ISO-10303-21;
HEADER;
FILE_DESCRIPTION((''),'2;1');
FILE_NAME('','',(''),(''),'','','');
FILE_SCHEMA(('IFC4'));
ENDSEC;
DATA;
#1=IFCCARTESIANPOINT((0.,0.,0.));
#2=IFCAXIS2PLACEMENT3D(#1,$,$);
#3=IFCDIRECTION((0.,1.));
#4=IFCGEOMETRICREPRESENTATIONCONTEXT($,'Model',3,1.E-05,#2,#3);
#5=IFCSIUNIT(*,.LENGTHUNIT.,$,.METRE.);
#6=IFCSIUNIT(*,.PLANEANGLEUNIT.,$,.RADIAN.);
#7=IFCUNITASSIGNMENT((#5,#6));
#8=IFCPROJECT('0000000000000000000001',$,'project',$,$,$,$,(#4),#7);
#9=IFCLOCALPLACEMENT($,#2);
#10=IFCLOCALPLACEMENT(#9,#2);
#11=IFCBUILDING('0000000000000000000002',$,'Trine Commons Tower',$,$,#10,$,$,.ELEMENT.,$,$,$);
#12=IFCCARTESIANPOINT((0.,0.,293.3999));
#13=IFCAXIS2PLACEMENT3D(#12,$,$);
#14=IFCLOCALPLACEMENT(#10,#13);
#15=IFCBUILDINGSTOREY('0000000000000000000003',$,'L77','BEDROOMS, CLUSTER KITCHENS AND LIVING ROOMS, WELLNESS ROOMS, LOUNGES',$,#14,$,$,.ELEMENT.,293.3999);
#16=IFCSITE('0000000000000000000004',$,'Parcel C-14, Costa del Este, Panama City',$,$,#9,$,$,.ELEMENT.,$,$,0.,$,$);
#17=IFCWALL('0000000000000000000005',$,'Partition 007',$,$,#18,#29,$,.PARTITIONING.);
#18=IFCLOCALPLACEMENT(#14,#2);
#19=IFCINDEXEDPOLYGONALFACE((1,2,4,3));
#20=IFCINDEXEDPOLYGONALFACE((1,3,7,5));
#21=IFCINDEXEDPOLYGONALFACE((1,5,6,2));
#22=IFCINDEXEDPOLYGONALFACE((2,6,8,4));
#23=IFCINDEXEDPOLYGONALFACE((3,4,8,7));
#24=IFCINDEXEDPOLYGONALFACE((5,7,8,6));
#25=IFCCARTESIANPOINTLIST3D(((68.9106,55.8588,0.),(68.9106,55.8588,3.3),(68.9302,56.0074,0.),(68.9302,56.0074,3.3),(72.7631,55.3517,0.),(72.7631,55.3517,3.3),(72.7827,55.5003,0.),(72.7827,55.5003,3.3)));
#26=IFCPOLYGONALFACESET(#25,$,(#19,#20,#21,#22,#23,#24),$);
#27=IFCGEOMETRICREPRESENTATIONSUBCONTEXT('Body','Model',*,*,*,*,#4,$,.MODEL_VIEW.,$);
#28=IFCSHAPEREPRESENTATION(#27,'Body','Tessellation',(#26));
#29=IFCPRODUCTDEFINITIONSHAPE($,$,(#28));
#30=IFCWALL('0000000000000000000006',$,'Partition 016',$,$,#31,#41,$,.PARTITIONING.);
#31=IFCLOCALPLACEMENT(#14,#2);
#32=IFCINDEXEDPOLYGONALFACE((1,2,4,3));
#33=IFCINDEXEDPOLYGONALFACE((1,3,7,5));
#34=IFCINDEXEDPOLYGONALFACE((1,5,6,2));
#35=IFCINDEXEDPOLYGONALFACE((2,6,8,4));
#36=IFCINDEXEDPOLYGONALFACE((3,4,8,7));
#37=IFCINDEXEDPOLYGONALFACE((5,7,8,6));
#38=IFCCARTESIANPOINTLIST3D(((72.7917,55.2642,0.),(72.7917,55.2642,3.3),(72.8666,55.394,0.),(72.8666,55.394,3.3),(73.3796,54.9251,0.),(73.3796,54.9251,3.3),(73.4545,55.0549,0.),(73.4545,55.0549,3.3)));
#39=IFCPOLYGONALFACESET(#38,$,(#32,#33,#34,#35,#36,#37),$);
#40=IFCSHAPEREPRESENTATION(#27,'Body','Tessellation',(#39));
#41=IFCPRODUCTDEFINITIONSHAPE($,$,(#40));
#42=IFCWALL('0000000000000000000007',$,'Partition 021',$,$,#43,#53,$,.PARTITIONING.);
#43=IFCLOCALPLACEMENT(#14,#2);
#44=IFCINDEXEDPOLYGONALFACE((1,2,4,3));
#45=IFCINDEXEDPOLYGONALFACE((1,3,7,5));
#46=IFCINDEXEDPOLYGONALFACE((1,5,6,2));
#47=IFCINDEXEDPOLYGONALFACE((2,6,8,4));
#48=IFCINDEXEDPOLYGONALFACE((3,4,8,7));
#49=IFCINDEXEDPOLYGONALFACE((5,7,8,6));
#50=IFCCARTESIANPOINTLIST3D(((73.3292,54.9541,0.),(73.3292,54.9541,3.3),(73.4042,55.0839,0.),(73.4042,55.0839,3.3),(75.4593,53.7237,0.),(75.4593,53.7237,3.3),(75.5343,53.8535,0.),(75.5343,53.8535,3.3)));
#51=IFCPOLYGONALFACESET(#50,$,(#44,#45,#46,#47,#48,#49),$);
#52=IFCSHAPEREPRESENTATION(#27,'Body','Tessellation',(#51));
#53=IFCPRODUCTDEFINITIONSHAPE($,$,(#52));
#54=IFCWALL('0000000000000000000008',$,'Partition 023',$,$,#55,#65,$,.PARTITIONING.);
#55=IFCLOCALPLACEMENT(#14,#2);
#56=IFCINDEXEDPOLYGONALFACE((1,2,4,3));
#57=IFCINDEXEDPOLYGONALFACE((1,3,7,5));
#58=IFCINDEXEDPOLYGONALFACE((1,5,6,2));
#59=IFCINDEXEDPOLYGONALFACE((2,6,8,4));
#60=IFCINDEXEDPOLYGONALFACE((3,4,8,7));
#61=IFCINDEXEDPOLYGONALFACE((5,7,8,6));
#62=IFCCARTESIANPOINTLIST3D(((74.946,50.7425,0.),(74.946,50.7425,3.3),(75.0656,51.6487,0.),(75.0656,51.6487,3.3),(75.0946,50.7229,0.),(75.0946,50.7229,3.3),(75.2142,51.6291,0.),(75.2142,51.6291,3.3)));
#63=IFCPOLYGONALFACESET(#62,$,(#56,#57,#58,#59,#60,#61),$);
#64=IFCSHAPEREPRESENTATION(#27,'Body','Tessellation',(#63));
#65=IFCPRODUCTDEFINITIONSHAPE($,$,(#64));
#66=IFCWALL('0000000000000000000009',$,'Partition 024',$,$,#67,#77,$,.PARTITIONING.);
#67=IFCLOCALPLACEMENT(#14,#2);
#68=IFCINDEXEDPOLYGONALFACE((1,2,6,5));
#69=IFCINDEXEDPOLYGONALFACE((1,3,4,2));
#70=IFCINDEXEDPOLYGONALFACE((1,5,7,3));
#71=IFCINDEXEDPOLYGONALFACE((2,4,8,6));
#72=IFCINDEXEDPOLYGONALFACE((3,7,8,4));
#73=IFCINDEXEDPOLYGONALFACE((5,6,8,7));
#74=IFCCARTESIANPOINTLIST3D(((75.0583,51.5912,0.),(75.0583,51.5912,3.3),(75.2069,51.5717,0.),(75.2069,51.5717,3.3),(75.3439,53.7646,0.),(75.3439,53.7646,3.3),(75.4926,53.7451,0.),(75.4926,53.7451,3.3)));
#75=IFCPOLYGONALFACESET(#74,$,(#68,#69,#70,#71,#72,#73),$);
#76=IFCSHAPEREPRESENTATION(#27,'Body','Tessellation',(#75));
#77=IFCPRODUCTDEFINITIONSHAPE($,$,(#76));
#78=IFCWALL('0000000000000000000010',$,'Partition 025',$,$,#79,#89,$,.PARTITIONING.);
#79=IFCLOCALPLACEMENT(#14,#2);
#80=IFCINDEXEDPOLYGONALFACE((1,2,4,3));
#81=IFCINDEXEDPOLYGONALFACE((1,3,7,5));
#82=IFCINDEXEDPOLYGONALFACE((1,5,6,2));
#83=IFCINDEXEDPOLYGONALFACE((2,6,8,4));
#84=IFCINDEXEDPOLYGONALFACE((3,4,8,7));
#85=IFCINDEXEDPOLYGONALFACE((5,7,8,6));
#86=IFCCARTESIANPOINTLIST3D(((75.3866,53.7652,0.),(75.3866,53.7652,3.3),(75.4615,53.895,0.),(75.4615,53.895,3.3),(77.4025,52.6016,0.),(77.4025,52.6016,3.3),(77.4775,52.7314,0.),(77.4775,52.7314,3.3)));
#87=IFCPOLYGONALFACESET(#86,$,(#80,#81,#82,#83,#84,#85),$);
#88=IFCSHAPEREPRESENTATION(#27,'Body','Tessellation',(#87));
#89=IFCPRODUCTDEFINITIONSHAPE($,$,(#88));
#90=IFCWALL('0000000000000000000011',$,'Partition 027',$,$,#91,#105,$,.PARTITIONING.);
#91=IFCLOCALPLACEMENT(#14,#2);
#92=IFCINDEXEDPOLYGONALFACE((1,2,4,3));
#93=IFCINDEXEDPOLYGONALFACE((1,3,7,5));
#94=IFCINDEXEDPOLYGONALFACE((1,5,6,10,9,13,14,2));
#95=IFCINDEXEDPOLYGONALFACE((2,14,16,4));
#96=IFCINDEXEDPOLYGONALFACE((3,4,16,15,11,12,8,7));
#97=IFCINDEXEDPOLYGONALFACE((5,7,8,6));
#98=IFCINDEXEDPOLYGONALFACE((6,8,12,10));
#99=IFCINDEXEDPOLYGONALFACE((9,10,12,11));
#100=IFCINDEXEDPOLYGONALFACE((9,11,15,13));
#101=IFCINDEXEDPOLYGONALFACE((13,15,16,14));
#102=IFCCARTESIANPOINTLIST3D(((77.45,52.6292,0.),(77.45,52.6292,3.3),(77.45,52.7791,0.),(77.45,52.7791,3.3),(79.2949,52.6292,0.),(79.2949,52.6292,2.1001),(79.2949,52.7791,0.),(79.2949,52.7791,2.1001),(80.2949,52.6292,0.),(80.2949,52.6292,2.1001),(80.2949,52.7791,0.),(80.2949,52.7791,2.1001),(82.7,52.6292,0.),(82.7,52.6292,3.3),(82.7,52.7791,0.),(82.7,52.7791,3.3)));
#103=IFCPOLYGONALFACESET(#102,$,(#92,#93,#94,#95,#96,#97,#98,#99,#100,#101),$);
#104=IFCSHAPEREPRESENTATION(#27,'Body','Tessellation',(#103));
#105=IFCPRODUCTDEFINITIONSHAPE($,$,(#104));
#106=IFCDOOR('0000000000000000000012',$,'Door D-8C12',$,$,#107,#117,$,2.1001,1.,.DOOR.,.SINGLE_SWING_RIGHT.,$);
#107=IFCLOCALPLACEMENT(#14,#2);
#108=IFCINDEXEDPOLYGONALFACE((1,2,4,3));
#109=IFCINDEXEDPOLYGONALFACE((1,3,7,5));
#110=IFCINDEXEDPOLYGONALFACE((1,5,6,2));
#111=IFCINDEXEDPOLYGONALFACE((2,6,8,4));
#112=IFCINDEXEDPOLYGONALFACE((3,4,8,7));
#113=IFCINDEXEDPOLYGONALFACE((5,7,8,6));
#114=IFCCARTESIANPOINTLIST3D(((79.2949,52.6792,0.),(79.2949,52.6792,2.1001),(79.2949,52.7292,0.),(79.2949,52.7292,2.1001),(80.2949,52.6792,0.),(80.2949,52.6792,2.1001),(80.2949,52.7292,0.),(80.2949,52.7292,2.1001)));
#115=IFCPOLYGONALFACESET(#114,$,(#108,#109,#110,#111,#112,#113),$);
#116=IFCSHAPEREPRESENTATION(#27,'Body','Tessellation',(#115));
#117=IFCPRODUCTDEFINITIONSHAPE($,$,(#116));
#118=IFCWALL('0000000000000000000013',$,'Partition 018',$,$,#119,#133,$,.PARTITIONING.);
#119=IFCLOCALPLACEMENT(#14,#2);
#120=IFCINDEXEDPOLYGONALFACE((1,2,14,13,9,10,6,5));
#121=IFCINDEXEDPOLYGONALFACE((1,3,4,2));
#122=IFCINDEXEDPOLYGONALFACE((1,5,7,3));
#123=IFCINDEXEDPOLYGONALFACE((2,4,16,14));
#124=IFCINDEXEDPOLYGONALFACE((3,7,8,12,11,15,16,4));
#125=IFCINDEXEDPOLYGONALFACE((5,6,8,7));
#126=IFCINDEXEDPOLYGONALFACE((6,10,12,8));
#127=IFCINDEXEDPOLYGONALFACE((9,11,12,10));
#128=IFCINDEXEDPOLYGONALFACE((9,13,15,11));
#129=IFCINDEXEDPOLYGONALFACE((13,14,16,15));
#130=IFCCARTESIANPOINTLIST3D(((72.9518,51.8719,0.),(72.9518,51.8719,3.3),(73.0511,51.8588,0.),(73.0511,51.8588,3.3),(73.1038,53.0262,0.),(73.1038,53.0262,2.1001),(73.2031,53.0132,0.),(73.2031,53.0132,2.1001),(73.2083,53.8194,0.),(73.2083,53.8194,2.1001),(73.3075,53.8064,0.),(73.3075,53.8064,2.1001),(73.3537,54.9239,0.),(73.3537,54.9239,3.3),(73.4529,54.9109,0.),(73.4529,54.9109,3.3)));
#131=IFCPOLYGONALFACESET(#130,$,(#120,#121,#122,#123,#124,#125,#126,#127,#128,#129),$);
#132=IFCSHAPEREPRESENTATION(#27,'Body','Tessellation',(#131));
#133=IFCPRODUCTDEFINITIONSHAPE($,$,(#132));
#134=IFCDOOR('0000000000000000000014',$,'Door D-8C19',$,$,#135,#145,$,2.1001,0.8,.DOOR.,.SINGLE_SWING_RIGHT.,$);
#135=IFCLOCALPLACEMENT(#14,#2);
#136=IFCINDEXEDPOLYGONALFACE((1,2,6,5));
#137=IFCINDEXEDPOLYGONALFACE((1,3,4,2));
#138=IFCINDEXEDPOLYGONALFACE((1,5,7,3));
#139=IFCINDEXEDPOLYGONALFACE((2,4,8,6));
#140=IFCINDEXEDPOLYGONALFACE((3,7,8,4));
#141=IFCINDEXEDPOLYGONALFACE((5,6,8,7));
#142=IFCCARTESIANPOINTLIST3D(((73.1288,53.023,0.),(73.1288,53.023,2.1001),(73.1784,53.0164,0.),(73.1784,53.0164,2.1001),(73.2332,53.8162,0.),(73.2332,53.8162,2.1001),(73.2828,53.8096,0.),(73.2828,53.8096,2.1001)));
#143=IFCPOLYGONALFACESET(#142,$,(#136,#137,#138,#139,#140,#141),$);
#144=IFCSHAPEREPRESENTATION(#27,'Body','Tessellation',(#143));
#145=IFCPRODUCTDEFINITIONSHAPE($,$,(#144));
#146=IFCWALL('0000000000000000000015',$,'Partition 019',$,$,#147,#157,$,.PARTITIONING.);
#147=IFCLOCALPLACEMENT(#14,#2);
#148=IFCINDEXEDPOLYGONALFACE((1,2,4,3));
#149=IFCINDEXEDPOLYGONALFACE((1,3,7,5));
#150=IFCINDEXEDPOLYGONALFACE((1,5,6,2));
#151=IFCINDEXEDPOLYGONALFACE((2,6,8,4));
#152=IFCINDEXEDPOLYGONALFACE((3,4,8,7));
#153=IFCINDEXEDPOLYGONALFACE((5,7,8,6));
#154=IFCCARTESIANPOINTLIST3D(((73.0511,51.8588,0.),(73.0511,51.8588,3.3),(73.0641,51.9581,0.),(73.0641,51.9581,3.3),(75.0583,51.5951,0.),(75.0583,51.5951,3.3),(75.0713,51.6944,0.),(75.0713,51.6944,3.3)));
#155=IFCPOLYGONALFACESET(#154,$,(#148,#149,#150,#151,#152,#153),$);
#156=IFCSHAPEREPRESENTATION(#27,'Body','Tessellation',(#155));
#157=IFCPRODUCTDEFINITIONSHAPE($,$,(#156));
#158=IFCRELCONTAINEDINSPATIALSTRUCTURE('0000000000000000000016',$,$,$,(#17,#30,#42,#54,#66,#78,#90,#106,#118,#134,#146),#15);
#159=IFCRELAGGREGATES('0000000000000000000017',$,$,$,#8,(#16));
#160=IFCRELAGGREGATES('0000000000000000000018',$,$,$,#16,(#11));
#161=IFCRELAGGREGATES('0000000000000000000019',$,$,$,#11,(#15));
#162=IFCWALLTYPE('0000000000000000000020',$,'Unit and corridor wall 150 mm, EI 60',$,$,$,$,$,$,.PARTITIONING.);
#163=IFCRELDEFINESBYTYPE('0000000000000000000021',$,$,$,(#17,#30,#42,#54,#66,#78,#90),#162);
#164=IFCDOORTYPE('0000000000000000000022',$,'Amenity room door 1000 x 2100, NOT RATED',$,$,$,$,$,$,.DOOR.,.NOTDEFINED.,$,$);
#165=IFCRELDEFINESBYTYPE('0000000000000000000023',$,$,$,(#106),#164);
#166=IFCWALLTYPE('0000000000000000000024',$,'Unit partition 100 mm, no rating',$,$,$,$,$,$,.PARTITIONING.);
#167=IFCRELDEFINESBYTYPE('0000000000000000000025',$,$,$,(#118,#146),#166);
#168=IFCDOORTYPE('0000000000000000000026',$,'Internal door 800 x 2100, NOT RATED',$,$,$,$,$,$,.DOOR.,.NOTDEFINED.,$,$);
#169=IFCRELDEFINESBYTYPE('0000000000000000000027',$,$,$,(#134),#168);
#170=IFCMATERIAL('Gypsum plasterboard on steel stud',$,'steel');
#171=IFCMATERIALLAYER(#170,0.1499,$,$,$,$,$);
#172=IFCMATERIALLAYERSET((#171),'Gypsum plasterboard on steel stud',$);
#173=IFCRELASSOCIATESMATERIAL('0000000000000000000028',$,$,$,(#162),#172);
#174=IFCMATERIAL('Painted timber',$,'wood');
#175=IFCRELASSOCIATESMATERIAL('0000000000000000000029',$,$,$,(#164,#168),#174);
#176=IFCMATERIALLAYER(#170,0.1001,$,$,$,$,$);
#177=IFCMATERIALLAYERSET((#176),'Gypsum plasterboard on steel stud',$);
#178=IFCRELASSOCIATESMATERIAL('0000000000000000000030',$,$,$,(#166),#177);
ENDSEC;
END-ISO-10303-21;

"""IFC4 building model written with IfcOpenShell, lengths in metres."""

from ifc_helpers import new_model, si_unit, direction, frame, frame_2d, origin, place, context, subcontext, project, spatial, rectangle, extrude, material, layer, layer_set, type_object, element, fill, save


model = new_model("IFC4")

# Units and contexts
model_context = context("Model", 3, precision=1e-05, world=origin(), true_north=direction((0.0, 1.0)))
body_context = subcontext(model_context, "Body", "Model", "MODEL_VIEW")
ifc_project = project(units=[si_unit("LENGTHUNIT", "METRE"), si_unit("PLANEANGLEUNIT", "RADIAN")], contexts=[model_context])

# Site, building, storey
site_placement = place(None, origin())
site = spatial("IfcSite", under=ifc_project, at=site_placement, Name="Parcel C-14, Costa del Este, Panama City", CompositionType="ELEMENT", RefElevation=0.0)
building_placement = place(site_placement, origin())
building = spatial("IfcBuilding", under=site, at=building_placement, Name="Trine Commons Tower", CompositionType="ELEMENT")
storey_placement = place(building_placement, frame((0.0, 0.0, 293.3999)))
storey = spatial("IfcBuildingStorey", under=building, at=storey_placement, Name="L77", Description="BEDROOMS, CLUSTER KITCHENS AND LIVING ROOMS, WELLNESS ROOMS, LOUNGES", CompositionType="ELEMENT", Elevation=293.3999)

# Shared definitions
ifc_material_1 = material(Name="Gypsum plasterboard on steel stud", Category="steel")
ifc_layer_1 = layer(ifc_material_1, 0.1499)
ifc_layer_set_1 = layer_set([ifc_layer_1], Name="Gypsum plasterboard on steel stud")
wall_type_1 = type_object("IfcWallType", Name="Unit and corridor wall 150 mm, EI 60", PredefinedType="PARTITIONING", material=ifc_layer_set_1)

# Walls
wall_1_placement = place(storey_placement, frame((68.9204, 55.9331, 0.0), z_axis=(0.0, 0.0, 1.0), x_axis=(0.991449, -0.130497, 0.0)))
element("IfcWall", 1, at=wall_1_placement, inside=storey, type_object=wall_type_1, Name="Partition 007", PredefinedType="PARTITIONING", context=body_context, shape_type="SweptSolid", body=[
    extrude(rectangle(XDim=3.8857, YDim=0.1499, at=frame_2d((1.9429, 0.0))), origin(), (0.0, 0.0, 1.0), 3.3),
])
wall_2_placement = place(storey_placement, frame((72.8291, 55.3291, 0.0), z_axis=(0.0, 0.0, 1.0), x_axis=(0.866222, -0.49966, 0.0)))
element("IfcWall", 2, at=wall_2_placement, inside=storey, type_object=wall_type_1, Name="Partition 016", PredefinedType="PARTITIONING", context=body_context, shape_type="SweptSolid", body=[
    extrude(rectangle(XDim=0.6787, YDim=0.1499, at=frame_2d((0.3394, 0.0))), origin(), (0.0, 0.0, 1.0), 3.3),
])
wall_3_placement = place(storey_placement, frame((73.3667, 55.019, 0.0), z_axis=(0.0, 0.0, 1.0), x_axis=(0.865913, -0.500195, 0.0)))
element("IfcWall", 3, at=wall_3_placement, inside=storey, type_object=wall_type_1, Name="Partition 021", PredefinedType="PARTITIONING", context=body_context, shape_type="SweptSolid", body=[
    extrude(rectangle(XDim=2.46, YDim=0.1499, at=frame_2d((1.23, 0.0))), origin(), (0.0, 0.0, 1.0), 3.3),
])
wall_4_placement = place(storey_placement, frame((75.0203, 50.7327, 0.0), z_axis=(0.0, 0.0, 1.0), x_axis=(0.130869, 0.9914, 0.0)))
element("IfcWall", 4, at=wall_4_placement, inside=storey, type_object=wall_type_1, Name="Partition 023", PredefinedType="PARTITIONING", context=body_context, shape_type="SweptSolid", body=[
    extrude(rectangle(XDim=0.9141, YDim=0.1499, at=frame_2d((0.457, 0.0))), origin(), (0.0, 0.0, 1.0), 3.3),
])
wall_5_placement = place(storey_placement, frame((75.1326, 51.5813, 0.0), z_axis=(0.0, 0.0, 1.0), x_axis=(0.13031, 0.991473, 0.0)))
element("IfcWall", 5, at=wall_5_placement, inside=storey, type_object=wall_type_1, Name="Partition 024", PredefinedType="PARTITIONING", context=body_context, shape_type="SweptSolid", body=[
    extrude(rectangle(XDim=2.1921, YDim=0.1499, at=frame_2d((1.0962, 0.0))), origin(), (0.0, 0.0, 1.0), 3.3),
])
wall_6_placement = place(storey_placement, frame((75.4241, 53.8301, 0.0), z_axis=(0.0, 0.0, 1.0), x_axis=(0.866079, -0.499907, 0.0)))
element("IfcWall", 6, at=wall_6_placement, inside=storey, type_object=wall_type_1, Name="Partition 025", PredefinedType="PARTITIONING", context=body_context, shape_type="SweptSolid", body=[
    extrude(rectangle(XDim=2.3276, YDim=0.1499, at=frame_2d((1.1638, 0.0))), origin(), (0.0, 0.0, 1.0), 3.3),
])

# Walls, openings, doors
wall_7_placement = place(storey_placement, frame((77.45, 52.7041, 0.0), z_axis=(0.0, 0.0, 1.0), x_axis=(1.0, 0.0, 0.0)))
wall_7 = element("IfcWall", 7, at=wall_7_placement, inside=storey, type_object=wall_type_1, Name="Partition 027", PredefinedType="PARTITIONING", context=body_context, shape_type="SweptSolid", body=[
    extrude(rectangle(XDim=5.25, YDim=0.1499, at=frame_2d((2.625, 0.0))), origin(), (0.0, 0.0, 1.0), 3.3),
])
opening_1_placement = place(wall_7_placement, frame((1.845, 0.0, 0.0)))
opening_1 = element("IfcOpeningElement", 8, at=opening_1_placement, cuts=wall_7, PredefinedType="OPENING", context=body_context, shape_type="SweptSolid", body=[
    extrude(rectangle(XDim=1.0, YDim=2.1001, at=frame_2d((0.5, 1.05))), frame((0.0, 0.085, 0.0), z_axis=(0.0, -1.0, 0.0), x_axis=(1.0, 0.0, 0.0)), (0.0, 0.0, 1.0), 0.1699),
])
ifc_material_2 = material(Name="Painted timber", Category="wood")
door_type_1 = type_object("IfcDoorType", Name="Amenity room door 1000 x 2100, NOT RATED", OperationType="NOTDEFINED", PredefinedType="DOOR", material=ifc_material_2)
door_1_placement = place(opening_1_placement, frame((1.0, 0.0, 0.0), z_axis=(0.0, 0.0, 1.0), x_axis=(-1.0, 0.0, 0.0)))
door_1 = element("IfcDoor", 9, at=door_1_placement, inside=storey, type_object=door_type_1, Name="Door D-8C12", OperationType="SINGLE_SWING_RIGHT", OverallHeight=2.1001, OverallWidth=1.0, PredefinedType="DOOR", context=body_context, shape_type="SweptSolid", body=[
    extrude(rectangle(XDim=1.0, YDim=2.1001, at=frame_2d((0.5, 1.05))), frame((0.0, 0.0249, 0.0), z_axis=(0.0, -1.0, 0.0), x_axis=(1.0, 0.0, 0.0)), (0.0, 0.0, 1.0), 0.05),
])
fill(opening_1, door_1)
ifc_layer_2 = layer(ifc_material_1, 0.1001)
ifc_layer_set_2 = layer_set([ifc_layer_2], Name="Gypsum plasterboard on steel stud")
wall_type_2 = type_object("IfcWallType", Name="Unit partition 100 mm, no rating", PredefinedType="PARTITIONING", material=ifc_layer_set_2)
wall_8_placement = place(storey_placement, frame((73.0015, 51.8655, 0.0), z_axis=(0.0, 0.0, 1.0), x_axis=(0.130543, 0.991443, 0.0)))
wall_8 = element("IfcWall", 10, at=wall_8_placement, inside=storey, type_object=wall_type_2, Name="Partition 018", PredefinedType="PARTITIONING", context=body_context, shape_type="SweptSolid", body=[
    extrude(rectangle(XDim=3.0784, YDim=0.1001, at=frame_2d((1.5391, 0.0))), origin(), (0.0, 0.0, 1.0), 3.3),
])
opening_2_placement = place(wall_8_placement, frame((1.1643, 0.0, 0.0)))
opening_2 = element("IfcOpeningElement", 11, at=opening_2_placement, cuts=wall_8, PredefinedType="OPENING", context=body_context, shape_type="SweptSolid", body=[
    extrude(rectangle(XDim=0.8, YDim=2.1001, at=frame_2d((0.3999, 1.05))), frame((0.0, 0.0601, 0.0), z_axis=(0.0, -1.0, 0.0), x_axis=(1.0, 0.0, 0.0)), (0.0, 0.0, 1.0), 0.1201),
])
door_type_2 = type_object("IfcDoorType", Name="Internal door 800 x 2100, NOT RATED", OperationType="NOTDEFINED", PredefinedType="DOOR", material=ifc_material_2)
door_2_placement = place(opening_2_placement, origin())
door_2 = element("IfcDoor", 12, at=door_2_placement, inside=storey, type_object=door_type_2, Name="Door D-8C19", OperationType="SINGLE_SWING_RIGHT", OverallHeight=2.1001, OverallWidth=0.8, PredefinedType="DOOR", context=body_context, shape_type="SweptSolid", body=[
    extrude(rectangle(XDim=0.8, YDim=2.1001, at=frame_2d((0.3999, 1.05))), frame((0.0, 0.0249, 0.0), z_axis=(0.0, -1.0, 0.0), x_axis=(1.0, 0.0, 0.0)), (0.0, 0.0, 1.0), 0.05),
])
fill(opening_2, door_2)

# Wall
wall_9_placement = place(storey_placement, frame((73.0576, 51.9084, 0.0), z_axis=(0.0, 0.0, 1.0), x_axis=(0.991481, -0.130252, 0.0)))
element("IfcWall", 13, at=wall_9_placement, inside=storey, type_object=wall_type_2, Name="Partition 019", PredefinedType="PARTITIONING", context=body_context, shape_type="SweptSolid", body=[
    extrude(rectangle(XDim=2.0244, YDim=0.1001, at=frame_2d((1.0122, 0.0))), origin(), (0.0, 0.0, 1.0), 3.3),
])

save(model, "model.ifc")
